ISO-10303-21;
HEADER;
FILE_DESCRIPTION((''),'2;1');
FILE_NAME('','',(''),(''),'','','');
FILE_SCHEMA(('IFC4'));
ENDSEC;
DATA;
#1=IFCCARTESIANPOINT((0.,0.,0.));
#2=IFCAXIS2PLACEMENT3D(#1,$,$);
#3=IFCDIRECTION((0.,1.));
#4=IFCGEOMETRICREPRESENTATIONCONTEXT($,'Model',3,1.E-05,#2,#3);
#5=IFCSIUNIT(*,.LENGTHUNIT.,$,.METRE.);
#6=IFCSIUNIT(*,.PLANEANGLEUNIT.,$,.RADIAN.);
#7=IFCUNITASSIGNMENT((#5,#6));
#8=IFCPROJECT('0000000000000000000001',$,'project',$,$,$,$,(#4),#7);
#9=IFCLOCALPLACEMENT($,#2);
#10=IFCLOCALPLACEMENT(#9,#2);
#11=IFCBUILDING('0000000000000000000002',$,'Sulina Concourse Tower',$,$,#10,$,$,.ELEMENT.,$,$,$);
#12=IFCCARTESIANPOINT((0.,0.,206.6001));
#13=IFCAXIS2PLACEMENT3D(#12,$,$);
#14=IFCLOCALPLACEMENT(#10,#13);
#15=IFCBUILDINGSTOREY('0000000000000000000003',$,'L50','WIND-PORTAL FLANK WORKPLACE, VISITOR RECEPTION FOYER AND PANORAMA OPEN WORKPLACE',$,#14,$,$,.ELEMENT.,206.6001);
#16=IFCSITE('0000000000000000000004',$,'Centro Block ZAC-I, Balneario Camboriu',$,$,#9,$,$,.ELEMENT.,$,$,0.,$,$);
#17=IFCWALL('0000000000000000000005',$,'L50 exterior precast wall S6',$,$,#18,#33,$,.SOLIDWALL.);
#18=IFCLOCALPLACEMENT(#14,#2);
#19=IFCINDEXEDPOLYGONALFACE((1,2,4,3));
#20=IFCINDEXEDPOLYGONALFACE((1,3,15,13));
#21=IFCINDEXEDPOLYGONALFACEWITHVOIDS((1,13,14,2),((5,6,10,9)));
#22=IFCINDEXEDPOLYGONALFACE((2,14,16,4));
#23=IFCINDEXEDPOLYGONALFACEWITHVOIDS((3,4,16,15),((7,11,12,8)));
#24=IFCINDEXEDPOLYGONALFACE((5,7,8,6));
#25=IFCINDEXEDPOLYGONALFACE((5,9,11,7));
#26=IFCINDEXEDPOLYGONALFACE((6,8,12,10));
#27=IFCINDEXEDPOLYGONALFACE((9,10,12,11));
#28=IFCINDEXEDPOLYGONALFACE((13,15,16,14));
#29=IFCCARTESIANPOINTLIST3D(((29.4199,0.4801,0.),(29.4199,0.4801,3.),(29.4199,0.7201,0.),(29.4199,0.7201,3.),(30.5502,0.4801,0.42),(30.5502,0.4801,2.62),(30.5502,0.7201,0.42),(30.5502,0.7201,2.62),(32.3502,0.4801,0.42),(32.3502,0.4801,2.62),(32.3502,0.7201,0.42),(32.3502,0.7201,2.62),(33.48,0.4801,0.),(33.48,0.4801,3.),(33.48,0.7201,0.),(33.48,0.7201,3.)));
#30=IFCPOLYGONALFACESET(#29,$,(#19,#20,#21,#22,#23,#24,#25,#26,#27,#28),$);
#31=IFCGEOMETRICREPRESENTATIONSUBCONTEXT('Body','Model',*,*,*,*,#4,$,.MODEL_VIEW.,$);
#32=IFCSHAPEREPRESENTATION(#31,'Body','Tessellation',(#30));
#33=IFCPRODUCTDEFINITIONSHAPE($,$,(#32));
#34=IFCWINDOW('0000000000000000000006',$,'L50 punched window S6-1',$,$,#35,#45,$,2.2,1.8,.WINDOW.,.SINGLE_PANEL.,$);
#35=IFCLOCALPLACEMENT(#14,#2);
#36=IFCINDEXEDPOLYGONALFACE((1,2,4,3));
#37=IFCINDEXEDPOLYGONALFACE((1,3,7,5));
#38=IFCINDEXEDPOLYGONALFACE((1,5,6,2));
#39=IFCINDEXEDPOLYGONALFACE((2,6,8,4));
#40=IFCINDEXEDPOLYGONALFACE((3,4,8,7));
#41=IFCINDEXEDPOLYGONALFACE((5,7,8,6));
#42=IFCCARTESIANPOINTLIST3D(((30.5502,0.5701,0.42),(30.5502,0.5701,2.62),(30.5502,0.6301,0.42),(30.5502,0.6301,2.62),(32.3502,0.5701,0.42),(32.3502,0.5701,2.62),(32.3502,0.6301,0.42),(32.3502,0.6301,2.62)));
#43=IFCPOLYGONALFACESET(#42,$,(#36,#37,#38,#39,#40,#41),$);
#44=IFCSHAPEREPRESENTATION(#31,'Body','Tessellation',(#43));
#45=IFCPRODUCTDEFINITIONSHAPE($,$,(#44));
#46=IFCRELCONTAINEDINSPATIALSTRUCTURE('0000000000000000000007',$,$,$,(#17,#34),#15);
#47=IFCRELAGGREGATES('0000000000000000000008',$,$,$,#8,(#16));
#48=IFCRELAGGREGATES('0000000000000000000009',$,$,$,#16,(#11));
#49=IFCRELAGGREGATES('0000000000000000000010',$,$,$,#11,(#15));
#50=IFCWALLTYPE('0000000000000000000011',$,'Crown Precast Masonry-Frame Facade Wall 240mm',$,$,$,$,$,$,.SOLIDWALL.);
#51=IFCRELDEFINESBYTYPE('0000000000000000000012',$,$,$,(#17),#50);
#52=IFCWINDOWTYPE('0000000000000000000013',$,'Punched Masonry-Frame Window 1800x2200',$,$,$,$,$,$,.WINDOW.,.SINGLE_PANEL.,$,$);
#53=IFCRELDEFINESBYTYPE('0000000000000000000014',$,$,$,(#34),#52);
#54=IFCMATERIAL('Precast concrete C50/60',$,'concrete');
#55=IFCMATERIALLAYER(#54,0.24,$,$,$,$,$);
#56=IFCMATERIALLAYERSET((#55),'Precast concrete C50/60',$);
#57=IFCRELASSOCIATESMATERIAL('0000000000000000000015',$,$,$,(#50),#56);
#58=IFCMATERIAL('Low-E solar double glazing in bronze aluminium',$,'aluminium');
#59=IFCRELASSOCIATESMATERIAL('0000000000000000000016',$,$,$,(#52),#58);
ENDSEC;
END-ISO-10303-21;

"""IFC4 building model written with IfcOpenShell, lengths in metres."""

from ifc_helpers import new_model, si_unit, direction, frame, frame_2d, origin, place, context, subcontext, project, spatial, rectangle, extrude, material, layer, layer_set, type_object, element, fill, save


model = new_model("IFC4")

# Units and contexts
model_context = context("Model", 3, precision=1e-05, world=origin(), true_north=direction((0.0, 1.0)))
body_context = subcontext(model_context, "Body", "Model", "MODEL_VIEW")
ifc_project = project(units=[si_unit("LENGTHUNIT", "METRE"), si_unit("PLANEANGLEUNIT", "RADIAN")], contexts=[model_context])

# Site, building, storey
site_placement = place(None, origin())
site = spatial("IfcSite", under=ifc_project, at=site_placement, Name="Centro Block ZAC-I, Balneario Camboriu", CompositionType="ELEMENT", RefElevation=0.0)
building_placement = place(site_placement, origin())
building = spatial("IfcBuilding", under=site, at=building_placement, Name="Sulina Concourse Tower", CompositionType="ELEMENT")
storey_placement = place(building_placement, frame((0.0, 0.0, 206.6001)))
storey = spatial("IfcBuildingStorey", under=building, at=storey_placement, Name="L50", Description="WIND-PORTAL FLANK WORKPLACE, VISITOR RECEPTION FOYER AND PANORAMA OPEN WORKPLACE", CompositionType="ELEMENT", Elevation=206.6001)

# Wall, opening, window
ifc_material_1 = material(Name="Precast concrete C50/60", Category="concrete")
ifc_layer = layer(ifc_material_1, 0.24)
ifc_layer_set = layer_set([ifc_layer], Name="Precast concrete C50/60")
wall_type = type_object("IfcWallType", Name="Crown Precast Masonry-Frame Facade Wall 240mm", PredefinedType="SOLIDWALL", material=ifc_layer_set)
ifc_material_2 = material(Name="Low-E solar double glazing in bronze aluminium", Category="aluminium")
window_type = type_object("IfcWindowType", Name="Punched Masonry-Frame Window 1800x2200", PartitioningType="SINGLE_PANEL", PredefinedType="WINDOW", material=ifc_material_2)
wall_1_placement = place(storey_placement, frame((33.48, 0.6001, 0.0), z_axis=(0.0, 0.0, 1.0), x_axis=(-1.0, 0.0, 0.0)))
wall_1 = element("IfcWall", 1, at=wall_1_placement, inside=storey, type_object=wall_type, Name="L50 exterior precast wall S6", PredefinedType="SOLIDWALL", context=body_context, shape_type="SweptSolid", body=[
    extrude(rectangle(XDim=4.0601, YDim=0.24, at=frame_2d((2.03, 0.0))), origin(), (0.0, 0.0, 1.0), 3.0),
])
opening_1_placement = place(wall_1_placement, frame((1.1299, 0.0, 0.4199)))
opening_1 = element("IfcOpeningElement", 2, at=opening_1_placement, cuts=wall_1, PredefinedType="OPENING", context=body_context, shape_type="SweptSolid", body=[
    extrude(rectangle(XDim=1.8, YDim=2.2, at=frame_2d((0.8999, 1.1001))), frame((0.0, 0.1299, 0.0), z_axis=(0.0, -1.0, 0.0), x_axis=(1.0, 0.0, 0.0)), (0.0, 0.0, 1.0), 0.26),
])
window_1_placement = place(opening_1_placement, origin())
window_1 = element("IfcWindow", 3, at=window_1_placement, inside=storey, type_object=window_type, Name="L50 punched window S6-1", OverallHeight=2.2, OverallWidth=1.8, PartitioningType="SINGLE_PANEL", PredefinedType="WINDOW", context=body_context, shape_type="SweptSolid", body=[
    extrude(rectangle(XDim=1.8, YDim=2.2, at=frame_2d((0.8999, 1.1001))), frame((0.0, 0.03, 0.0), z_axis=(0.0, -1.0, 0.0), x_axis=(1.0, 0.0, 0.0)), (0.0, 0.0, 1.0), 0.0601),
])
fill(opening_1, window_1)

save(model, "model.ifc")
